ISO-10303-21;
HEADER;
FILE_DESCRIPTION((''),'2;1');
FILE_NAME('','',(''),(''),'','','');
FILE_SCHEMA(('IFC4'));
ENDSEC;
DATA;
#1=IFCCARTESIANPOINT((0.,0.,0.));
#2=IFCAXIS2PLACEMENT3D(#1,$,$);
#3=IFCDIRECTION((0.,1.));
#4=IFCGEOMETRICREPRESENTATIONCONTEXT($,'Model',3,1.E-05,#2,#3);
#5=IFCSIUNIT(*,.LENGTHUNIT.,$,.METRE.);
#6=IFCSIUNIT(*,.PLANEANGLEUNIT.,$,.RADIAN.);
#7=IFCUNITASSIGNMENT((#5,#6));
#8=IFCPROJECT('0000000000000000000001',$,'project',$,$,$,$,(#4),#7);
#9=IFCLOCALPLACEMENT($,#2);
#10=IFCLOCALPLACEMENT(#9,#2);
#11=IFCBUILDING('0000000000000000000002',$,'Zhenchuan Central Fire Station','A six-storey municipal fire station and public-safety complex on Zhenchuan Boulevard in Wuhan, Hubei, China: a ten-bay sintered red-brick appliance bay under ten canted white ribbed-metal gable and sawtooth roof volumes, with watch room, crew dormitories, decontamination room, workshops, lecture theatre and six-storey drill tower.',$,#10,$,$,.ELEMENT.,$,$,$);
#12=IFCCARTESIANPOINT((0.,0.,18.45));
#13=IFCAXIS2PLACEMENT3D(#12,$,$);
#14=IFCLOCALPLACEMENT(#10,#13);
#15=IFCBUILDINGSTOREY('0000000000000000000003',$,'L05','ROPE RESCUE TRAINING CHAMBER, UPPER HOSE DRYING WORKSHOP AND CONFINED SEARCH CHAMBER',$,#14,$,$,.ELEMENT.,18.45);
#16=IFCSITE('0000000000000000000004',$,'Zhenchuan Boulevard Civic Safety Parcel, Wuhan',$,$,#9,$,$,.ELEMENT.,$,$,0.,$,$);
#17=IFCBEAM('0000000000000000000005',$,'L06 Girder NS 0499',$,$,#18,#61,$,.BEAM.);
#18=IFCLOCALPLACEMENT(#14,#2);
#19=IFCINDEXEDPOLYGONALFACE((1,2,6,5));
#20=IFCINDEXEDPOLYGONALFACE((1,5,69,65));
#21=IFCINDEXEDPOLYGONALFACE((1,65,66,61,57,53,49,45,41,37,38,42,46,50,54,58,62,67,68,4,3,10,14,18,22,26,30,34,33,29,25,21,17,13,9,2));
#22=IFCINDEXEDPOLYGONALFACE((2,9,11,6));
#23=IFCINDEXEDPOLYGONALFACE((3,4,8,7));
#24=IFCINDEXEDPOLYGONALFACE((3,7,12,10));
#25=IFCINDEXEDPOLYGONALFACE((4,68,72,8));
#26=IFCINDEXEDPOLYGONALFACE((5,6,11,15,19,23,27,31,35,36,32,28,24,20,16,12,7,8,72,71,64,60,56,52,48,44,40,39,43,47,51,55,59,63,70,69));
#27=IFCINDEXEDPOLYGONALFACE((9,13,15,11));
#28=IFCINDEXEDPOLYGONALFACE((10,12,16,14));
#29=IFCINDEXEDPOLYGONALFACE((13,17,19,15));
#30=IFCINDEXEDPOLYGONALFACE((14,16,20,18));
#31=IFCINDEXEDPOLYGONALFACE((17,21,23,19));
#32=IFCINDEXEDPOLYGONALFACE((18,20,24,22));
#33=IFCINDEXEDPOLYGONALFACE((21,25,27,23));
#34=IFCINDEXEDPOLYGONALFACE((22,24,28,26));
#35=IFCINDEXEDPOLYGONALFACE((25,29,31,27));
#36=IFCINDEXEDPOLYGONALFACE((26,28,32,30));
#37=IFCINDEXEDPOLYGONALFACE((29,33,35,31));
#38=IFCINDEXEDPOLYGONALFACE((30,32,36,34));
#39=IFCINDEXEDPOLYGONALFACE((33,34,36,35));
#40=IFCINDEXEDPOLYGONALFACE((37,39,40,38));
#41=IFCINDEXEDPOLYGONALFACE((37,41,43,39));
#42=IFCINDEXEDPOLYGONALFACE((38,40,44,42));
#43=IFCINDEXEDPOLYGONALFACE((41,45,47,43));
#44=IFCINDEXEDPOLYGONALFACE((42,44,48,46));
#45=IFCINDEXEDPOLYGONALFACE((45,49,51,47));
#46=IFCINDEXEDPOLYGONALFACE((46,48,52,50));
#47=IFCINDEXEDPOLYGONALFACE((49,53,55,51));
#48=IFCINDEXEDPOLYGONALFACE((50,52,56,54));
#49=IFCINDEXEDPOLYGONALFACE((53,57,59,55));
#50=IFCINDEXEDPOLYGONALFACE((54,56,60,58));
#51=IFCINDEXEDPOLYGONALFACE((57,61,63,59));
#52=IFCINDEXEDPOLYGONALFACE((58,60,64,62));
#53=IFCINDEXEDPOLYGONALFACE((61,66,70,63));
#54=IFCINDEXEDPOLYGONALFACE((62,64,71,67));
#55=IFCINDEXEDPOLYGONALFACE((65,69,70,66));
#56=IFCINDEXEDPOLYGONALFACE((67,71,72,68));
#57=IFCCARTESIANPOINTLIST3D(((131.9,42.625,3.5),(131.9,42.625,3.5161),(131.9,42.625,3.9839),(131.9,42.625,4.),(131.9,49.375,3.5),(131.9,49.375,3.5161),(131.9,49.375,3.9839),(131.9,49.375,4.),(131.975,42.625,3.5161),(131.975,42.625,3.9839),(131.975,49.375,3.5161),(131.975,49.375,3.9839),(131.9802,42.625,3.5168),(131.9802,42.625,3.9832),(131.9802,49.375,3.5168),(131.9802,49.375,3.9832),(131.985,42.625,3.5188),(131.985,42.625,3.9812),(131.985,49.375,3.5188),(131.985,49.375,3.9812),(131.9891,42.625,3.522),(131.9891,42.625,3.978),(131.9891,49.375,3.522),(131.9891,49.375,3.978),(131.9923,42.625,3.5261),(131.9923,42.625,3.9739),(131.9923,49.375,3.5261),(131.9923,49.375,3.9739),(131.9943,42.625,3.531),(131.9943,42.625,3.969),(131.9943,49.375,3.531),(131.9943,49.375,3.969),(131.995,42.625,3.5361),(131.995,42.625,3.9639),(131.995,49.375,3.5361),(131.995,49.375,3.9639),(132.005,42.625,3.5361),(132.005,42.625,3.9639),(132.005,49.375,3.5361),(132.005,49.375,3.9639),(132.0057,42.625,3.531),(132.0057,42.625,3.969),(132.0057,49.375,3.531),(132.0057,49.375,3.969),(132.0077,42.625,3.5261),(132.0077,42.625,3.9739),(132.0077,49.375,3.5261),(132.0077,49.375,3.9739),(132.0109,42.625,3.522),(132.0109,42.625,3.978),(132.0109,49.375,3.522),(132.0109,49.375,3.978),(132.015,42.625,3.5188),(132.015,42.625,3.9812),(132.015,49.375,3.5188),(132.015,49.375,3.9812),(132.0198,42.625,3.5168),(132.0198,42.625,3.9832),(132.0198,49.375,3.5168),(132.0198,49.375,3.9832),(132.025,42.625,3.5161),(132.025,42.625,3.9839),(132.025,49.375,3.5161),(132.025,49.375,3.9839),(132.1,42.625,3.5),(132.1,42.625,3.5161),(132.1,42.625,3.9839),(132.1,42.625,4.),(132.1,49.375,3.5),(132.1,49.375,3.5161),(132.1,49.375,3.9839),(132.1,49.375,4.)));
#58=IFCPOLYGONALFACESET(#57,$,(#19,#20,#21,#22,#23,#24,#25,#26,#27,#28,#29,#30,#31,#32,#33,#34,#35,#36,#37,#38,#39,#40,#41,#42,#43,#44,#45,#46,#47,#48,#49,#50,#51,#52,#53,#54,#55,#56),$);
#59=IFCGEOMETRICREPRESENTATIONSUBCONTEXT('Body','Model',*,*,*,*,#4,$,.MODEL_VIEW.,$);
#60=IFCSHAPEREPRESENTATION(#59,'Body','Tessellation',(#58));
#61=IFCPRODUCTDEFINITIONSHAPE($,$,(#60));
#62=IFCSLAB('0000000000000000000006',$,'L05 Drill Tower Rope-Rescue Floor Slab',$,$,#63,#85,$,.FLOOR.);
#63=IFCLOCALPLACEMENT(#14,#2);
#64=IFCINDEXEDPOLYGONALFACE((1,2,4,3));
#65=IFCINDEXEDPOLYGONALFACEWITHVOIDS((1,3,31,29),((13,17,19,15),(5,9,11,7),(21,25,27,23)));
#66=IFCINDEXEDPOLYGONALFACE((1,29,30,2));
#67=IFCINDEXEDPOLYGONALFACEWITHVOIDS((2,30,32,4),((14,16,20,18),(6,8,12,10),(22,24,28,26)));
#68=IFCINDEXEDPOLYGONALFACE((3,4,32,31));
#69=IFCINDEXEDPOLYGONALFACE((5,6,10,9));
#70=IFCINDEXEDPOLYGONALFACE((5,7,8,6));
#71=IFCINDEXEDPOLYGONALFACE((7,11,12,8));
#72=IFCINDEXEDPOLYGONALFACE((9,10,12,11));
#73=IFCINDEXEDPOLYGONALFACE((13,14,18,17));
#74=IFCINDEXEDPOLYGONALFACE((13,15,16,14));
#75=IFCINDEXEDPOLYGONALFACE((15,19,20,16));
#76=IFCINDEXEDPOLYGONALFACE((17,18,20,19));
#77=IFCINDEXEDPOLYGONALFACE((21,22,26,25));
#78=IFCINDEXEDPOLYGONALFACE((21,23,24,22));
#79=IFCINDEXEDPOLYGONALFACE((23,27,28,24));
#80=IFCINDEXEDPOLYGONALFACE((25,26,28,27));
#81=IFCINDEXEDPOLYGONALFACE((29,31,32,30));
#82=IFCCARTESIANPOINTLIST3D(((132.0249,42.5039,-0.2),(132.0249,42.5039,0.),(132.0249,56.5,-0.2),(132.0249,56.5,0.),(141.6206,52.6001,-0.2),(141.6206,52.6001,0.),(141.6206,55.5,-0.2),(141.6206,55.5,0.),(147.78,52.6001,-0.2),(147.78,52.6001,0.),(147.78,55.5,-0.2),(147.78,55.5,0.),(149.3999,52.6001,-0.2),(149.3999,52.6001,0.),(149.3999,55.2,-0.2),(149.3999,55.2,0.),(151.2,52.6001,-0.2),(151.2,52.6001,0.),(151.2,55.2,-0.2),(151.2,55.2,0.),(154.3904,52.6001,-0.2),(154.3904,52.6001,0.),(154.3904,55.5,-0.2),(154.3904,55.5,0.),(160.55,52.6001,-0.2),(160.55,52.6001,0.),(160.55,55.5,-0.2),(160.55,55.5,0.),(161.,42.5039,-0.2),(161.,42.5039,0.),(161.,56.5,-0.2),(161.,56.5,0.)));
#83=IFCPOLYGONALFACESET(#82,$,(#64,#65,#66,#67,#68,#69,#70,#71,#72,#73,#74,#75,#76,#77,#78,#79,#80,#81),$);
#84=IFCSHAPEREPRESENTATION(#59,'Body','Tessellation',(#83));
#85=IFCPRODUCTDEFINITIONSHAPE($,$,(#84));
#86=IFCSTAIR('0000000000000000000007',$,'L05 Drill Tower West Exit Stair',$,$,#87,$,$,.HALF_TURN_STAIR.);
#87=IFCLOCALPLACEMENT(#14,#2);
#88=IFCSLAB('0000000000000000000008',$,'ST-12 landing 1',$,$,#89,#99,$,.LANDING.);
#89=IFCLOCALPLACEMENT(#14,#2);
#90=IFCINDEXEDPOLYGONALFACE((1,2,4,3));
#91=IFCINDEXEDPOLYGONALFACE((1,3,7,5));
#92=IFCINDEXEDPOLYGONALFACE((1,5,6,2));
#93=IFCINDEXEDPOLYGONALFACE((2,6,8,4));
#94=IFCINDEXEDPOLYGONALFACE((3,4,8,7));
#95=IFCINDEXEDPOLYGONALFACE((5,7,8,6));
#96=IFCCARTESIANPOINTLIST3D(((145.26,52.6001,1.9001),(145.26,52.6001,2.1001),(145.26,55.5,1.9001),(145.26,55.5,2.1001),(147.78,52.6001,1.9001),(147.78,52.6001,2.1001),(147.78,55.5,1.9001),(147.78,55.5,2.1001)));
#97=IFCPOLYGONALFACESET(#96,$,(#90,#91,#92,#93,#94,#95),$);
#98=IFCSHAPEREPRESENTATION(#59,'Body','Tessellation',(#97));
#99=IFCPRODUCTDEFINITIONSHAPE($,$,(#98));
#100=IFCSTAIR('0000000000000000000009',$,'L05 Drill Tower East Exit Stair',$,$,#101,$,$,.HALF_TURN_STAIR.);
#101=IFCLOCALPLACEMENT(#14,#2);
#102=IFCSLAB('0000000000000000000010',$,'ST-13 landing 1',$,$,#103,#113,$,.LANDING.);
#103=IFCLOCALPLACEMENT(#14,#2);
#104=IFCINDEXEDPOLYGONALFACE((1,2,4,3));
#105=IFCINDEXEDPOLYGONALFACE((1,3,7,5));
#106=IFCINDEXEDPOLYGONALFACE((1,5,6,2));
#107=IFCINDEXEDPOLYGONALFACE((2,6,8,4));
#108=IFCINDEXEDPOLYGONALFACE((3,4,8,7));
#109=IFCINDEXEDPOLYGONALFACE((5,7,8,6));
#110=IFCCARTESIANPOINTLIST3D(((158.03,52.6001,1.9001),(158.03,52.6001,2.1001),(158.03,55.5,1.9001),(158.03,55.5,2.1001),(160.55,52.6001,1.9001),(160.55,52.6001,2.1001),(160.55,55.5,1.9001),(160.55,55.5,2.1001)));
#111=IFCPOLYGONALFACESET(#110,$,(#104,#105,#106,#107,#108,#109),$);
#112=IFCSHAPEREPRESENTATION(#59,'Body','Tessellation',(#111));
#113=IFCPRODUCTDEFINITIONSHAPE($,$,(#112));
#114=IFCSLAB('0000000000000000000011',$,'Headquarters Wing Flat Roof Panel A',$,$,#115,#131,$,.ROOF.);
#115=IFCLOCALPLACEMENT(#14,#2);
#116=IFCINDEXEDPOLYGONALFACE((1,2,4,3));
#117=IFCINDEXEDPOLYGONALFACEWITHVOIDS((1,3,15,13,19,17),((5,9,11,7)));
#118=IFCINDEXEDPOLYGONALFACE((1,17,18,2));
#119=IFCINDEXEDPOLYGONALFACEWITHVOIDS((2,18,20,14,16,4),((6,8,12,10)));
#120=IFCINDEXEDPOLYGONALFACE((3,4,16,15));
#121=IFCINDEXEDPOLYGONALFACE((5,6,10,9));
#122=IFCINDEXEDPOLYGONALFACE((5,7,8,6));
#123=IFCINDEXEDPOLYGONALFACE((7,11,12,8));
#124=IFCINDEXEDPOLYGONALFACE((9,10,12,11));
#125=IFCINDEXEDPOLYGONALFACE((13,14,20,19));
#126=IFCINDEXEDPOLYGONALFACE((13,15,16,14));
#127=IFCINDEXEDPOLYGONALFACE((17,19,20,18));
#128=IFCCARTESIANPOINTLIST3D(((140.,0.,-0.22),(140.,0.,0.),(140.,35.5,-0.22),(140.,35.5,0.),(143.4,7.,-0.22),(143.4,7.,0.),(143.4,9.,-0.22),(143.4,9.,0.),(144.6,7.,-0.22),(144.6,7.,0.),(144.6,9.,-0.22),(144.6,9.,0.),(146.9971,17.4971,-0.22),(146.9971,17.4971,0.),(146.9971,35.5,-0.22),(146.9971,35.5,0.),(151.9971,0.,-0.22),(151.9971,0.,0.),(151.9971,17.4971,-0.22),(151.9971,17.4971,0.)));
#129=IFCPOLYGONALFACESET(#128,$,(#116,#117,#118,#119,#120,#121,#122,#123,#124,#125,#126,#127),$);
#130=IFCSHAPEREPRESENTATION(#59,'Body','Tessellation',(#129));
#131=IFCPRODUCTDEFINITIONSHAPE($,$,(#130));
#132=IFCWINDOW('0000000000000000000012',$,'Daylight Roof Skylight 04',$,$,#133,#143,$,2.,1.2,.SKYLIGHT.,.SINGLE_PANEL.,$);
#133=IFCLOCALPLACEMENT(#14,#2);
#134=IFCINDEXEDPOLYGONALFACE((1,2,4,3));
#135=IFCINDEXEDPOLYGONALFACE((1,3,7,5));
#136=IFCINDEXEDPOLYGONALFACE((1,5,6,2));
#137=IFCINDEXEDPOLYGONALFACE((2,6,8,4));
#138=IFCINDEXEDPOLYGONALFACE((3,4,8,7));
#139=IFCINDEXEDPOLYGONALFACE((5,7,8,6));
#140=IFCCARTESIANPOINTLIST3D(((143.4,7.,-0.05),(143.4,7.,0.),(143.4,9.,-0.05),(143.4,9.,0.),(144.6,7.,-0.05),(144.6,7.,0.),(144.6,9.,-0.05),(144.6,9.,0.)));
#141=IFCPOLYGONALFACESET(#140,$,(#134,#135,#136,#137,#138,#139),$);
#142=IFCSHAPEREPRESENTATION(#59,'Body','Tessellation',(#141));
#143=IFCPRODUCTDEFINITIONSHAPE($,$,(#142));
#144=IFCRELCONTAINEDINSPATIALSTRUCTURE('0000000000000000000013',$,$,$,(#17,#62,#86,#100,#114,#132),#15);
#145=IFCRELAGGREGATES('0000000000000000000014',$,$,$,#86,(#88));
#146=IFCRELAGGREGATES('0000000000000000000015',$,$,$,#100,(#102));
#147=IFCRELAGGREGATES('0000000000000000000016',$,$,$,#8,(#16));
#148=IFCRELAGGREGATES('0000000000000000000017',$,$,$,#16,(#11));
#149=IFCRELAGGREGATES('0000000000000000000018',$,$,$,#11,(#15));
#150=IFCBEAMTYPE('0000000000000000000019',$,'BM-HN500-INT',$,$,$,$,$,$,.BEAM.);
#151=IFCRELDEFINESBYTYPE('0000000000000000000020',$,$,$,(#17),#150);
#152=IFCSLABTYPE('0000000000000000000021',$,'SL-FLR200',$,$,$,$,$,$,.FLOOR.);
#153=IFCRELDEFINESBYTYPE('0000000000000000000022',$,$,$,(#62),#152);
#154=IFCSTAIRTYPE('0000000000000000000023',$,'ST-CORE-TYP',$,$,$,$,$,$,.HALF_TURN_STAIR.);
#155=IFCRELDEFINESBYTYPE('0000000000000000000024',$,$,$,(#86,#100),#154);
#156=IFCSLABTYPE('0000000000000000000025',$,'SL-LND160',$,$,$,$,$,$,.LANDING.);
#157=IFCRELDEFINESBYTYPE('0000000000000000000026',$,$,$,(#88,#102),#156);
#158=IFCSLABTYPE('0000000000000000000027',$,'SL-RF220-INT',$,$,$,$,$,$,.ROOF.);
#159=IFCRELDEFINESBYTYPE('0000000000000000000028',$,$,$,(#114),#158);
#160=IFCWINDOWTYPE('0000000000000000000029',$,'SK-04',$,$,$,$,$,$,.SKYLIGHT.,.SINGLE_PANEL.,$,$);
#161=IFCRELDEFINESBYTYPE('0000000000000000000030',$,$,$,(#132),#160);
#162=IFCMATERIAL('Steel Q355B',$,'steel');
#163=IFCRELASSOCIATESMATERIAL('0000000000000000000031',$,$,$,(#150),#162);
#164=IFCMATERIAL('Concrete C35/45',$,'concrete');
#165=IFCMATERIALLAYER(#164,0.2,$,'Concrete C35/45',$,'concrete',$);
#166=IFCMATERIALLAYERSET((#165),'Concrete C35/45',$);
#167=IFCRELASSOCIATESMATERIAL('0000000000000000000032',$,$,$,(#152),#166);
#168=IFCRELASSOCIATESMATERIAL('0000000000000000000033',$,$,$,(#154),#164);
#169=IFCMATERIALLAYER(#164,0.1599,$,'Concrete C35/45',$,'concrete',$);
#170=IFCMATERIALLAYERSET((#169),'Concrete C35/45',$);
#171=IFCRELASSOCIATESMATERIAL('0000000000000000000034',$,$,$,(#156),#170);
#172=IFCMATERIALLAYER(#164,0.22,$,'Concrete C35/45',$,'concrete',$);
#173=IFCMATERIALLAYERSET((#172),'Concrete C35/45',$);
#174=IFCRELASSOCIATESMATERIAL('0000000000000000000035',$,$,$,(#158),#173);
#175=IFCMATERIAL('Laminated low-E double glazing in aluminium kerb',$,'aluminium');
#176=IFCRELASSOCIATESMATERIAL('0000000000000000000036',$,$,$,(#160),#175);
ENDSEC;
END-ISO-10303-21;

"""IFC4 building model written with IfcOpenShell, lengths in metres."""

from ifc_helpers import new_model, si_unit, direction, frame, origin, origin_2d, place, context, subcontext, project, spatial, polyline, rectangle, i_section, outline, extrude, material, layer, layer_set, material_profile, profile_set, type_object, element, fill, aggregate, save


model = new_model("IFC4")

# Units and contexts
model_context = context("Model", 3, precision=1e-05, world=origin(), true_north=direction((0.0, 1.0)))
body_context = subcontext(model_context, "Body", "Model", "MODEL_VIEW")
ifc_project = project(units=[si_unit("LENGTHUNIT", "METRE"), si_unit("PLANEANGLEUNIT", "RADIAN")], contexts=[model_context])

# Site, building, storey
site_placement = place(None, origin())
site = spatial("IfcSite", under=ifc_project, at=site_placement, Name="Zhenchuan Boulevard Civic Safety Parcel, Wuhan", CompositionType="ELEMENT", RefElevation=0.0)
building_placement = place(site_placement, origin())
building = spatial("IfcBuilding", under=site, at=building_placement, Name="Zhenchuan Central Fire Station", Description="A six-storey municipal fire station and public-safety complex on Zhenchuan Boulevard in Wuhan, Hubei, China: a ten-bay sintered red-brick appliance bay under ten canted white ribbed-metal gable and sawtooth roof volumes, with watch room, crew dormitories, decontamination room, workshops, lecture theatre and six-storey drill tower.", CompositionType="ELEMENT")
storey_placement = place(building_placement, frame((0.0, 0.0, 18.45)))
storey = spatial("IfcBuildingStorey", under=building, at=storey_placement, Name="L05", Description="ROPE RESCUE TRAINING CHAMBER, UPPER HOSE DRYING WORKSHOP AND CONFINED SEARCH CHAMBER", CompositionType="ELEMENT", Elevation=18.45)

# Shared definitions
ifc_material_1 = material(Name="Steel Q355B", Category="steel")

# Beam
ifc_material_profile_1 = material_profile(ifc_material_1, i_section(OverallWidth=0.2, OverallDepth=0.5, WebThickness=0.01, FlangeThickness=0.0161, FilletRadius=0.02, at=origin_2d()), Name="HN 500x200")
ifc_profile_set_1 = profile_set([ifc_material_profile_1], Name="Steel Q355B")
beam_type_1 = type_object("IfcBeamType", Name="BM-HN500-INT", PredefinedType="BEAM", material=ifc_profile_set_1)
beam_1_placement = place(storey_placement, frame((132.0, 42.625, 3.75), z_axis=(0.0, 1.0, 0.0), x_axis=(-1.0, 0.0, 0.0)))
element("IfcBeam", 1, at=beam_1_placement, inside=storey, type_object=beam_type_1, Name="L06 Girder NS 0499", PredefinedType="BEAM", context=body_context, shape_type="SweptSolid", body=[
    extrude(i_section(OverallWidth=0.2, OverallDepth=0.5, WebThickness=0.01, FlangeThickness=0.0161, FilletRadius=0.02, at=origin_2d()), origin(), (0.0, 0.0, 1.0), 6.75),
])

# Slab
ifc_material_2 = material(Name="Concrete C35/45", Category="concrete")
ifc_layer_1 = layer(ifc_material_2, 0.2, Name="Concrete C35/45", Category="concrete")
ifc_layer_set_1 = layer_set([ifc_layer_1], Name="Concrete C35/45")
slab_type_1 = type_object("IfcSlabType", Name="SL-FLR200", PredefinedType="FLOOR", material=ifc_layer_set_1)
slab_1_placement = place(storey_placement, frame((0.0, 0.0, -0.2)))
element("IfcSlab", 2, at=slab_1_placement, inside=storey, type_object=slab_type_1, Name="L05 Drill Tower Rope-Rescue Floor Slab", PredefinedType="FLOOR", context=body_context, shape_type="SweptSolid", body=[
    extrude(outline(polyline([(132.0249, 42.5039), (161.0, 42.5039), (161.0, 56.5), (132.0249, 56.5), (132.0249, 42.5039)]), holes=[polyline([(141.6206, 52.6001), (147.78, 52.6001), (147.78, 55.5), (141.6206, 55.5), (141.6206, 52.6001)]), polyline([(154.3904, 52.6001), (160.55, 52.6001), (160.55, 55.5), (154.3904, 55.5), (154.3904, 52.6001)]), polyline([(149.3999, 52.6001), (151.2, 52.6001), (151.2, 55.2), (149.3999, 55.2), (149.3999, 52.6001)])]), origin(), (0.0, 0.0, 1.0), 0.2),
])

# Stairs, slabs
stair_type = type_object("IfcStairType", Name="ST-CORE-TYP", PredefinedType="HALF_TURN_STAIR", material=ifc_material_2)
stair_1_placement = place(storey_placement, origin())
stair_1 = element("IfcStair", 3, at=stair_1_placement, inside=storey, type_object=stair_type, Name="L05 Drill Tower West Exit Stair", PredefinedType="HALF_TURN_STAIR")
ifc_layer_2 = layer(ifc_material_2, 0.1599, Name="Concrete C35/45", Category="concrete")
ifc_layer_set_2 = layer_set([ifc_layer_2], Name="Concrete C35/45")
slab_type_2 = type_object("IfcSlabType", Name="SL-LND160", PredefinedType="LANDING", material=ifc_layer_set_2)
slab_2_placement = place(storey_placement, frame((0.0, 0.0, 1.9001)))
slab_2 = element("IfcSlab", 4, at=slab_2_placement, type_object=slab_type_2, Name="ST-12 landing 1", PredefinedType="LANDING", context=body_context, shape_type="SweptSolid", body=[
    extrude(outline(polyline([(145.26, 52.6001), (147.78, 52.6001), (147.78, 55.5), (145.26, 55.5), (145.26, 52.6001)])), origin(), (0.0, 0.0, 1.0), 0.2),
])
aggregate(stair_1, [slab_2])
stair_2_placement = place(storey_placement, origin())
stair_2 = element("IfcStair", 5, at=stair_2_placement, inside=storey, type_object=stair_type, Name="L05 Drill Tower East Exit Stair", PredefinedType="HALF_TURN_STAIR")
slab_3_placement = place(storey_placement, frame((0.0, 0.0, 1.9001)))
slab_3 = element("IfcSlab", 6, at=slab_3_placement, type_object=slab_type_2, Name="ST-13 landing 1", PredefinedType="LANDING", context=body_context, shape_type="SweptSolid", body=[
    extrude(outline(polyline([(158.03, 52.6001), (160.55, 52.6001), (160.55, 55.5), (158.03, 55.5), (158.03, 52.6001)])), origin(), (0.0, 0.0, 1.0), 0.2),
])
aggregate(stair_2, [slab_3])

# Slab, opening, window
ifc_layer_3 = layer(ifc_material_2, 0.22, Name="Concrete C35/45", Category="concrete")
ifc_layer_set_3 = layer_set([ifc_layer_3], Name="Concrete C35/45")
slab_type_3 = type_object("IfcSlabType", Name="SL-RF220-INT", PredefinedType="ROOF", material=ifc_layer_set_3)
slab_4_placement = place(storey_placement, frame((0.0, 0.0, -0.22)))
slab_4 = element("IfcSlab", 7, at=slab_4_placement, inside=storey, type_object=slab_type_3, Name="Headquarters Wing Flat Roof Panel A", PredefinedType="ROOF", context=body_context, shape_type="SweptSolid", body=[
    extrude(outline(polyline([(140.0, 0.0), (151.9971, 0.0), (151.9971, 17.4971), (146.9971, 17.4971), (146.9971, 35.5), (140.0, 35.5), (140.0, 0.0)])), origin(), (0.0, 0.0, 1.0), 0.22),
])
opening_1_placement = place(slab_4_placement, frame((144.0, 8.0, -0.01)))
opening_1 = element("IfcOpeningElement", 8, at=opening_1_placement, cuts=slab_4, PredefinedType="OPENING", context=body_context, shape_type="SweptSolid", body=[
    extrude(rectangle(XDim=1.2, YDim=2.0, at=origin_2d()), origin(), (0.0, 0.0, 1.0), 0.24),
])
ifc_material_3 = material(Name="Laminated low-E double glazing in aluminium kerb", Category="aluminium")
window_type_1 = type_object("IfcWindowType", Name="SK-04", PartitioningType="SINGLE_PANEL", PredefinedType="SKYLIGHT", material=ifc_material_3)
window_1_placement = place(opening_1_placement, frame((0.0, 0.0, 0.1799)))
window_1 = element("IfcWindow", 9, at=window_1_placement, inside=storey, type_object=window_type_1, Name="Daylight Roof Skylight 04", OverallHeight=2.0, OverallWidth=1.2, PartitioningType="SINGLE_PANEL", PredefinedType="SKYLIGHT", context=body_context, shape_type="SweptSolid", body=[
    extrude(rectangle(XDim=1.2, YDim=2.0, at=origin_2d()), origin(), (0.0, 0.0, 1.0), 0.05),
])
fill(opening_1, window_1)

save(model, "model.ifc")
